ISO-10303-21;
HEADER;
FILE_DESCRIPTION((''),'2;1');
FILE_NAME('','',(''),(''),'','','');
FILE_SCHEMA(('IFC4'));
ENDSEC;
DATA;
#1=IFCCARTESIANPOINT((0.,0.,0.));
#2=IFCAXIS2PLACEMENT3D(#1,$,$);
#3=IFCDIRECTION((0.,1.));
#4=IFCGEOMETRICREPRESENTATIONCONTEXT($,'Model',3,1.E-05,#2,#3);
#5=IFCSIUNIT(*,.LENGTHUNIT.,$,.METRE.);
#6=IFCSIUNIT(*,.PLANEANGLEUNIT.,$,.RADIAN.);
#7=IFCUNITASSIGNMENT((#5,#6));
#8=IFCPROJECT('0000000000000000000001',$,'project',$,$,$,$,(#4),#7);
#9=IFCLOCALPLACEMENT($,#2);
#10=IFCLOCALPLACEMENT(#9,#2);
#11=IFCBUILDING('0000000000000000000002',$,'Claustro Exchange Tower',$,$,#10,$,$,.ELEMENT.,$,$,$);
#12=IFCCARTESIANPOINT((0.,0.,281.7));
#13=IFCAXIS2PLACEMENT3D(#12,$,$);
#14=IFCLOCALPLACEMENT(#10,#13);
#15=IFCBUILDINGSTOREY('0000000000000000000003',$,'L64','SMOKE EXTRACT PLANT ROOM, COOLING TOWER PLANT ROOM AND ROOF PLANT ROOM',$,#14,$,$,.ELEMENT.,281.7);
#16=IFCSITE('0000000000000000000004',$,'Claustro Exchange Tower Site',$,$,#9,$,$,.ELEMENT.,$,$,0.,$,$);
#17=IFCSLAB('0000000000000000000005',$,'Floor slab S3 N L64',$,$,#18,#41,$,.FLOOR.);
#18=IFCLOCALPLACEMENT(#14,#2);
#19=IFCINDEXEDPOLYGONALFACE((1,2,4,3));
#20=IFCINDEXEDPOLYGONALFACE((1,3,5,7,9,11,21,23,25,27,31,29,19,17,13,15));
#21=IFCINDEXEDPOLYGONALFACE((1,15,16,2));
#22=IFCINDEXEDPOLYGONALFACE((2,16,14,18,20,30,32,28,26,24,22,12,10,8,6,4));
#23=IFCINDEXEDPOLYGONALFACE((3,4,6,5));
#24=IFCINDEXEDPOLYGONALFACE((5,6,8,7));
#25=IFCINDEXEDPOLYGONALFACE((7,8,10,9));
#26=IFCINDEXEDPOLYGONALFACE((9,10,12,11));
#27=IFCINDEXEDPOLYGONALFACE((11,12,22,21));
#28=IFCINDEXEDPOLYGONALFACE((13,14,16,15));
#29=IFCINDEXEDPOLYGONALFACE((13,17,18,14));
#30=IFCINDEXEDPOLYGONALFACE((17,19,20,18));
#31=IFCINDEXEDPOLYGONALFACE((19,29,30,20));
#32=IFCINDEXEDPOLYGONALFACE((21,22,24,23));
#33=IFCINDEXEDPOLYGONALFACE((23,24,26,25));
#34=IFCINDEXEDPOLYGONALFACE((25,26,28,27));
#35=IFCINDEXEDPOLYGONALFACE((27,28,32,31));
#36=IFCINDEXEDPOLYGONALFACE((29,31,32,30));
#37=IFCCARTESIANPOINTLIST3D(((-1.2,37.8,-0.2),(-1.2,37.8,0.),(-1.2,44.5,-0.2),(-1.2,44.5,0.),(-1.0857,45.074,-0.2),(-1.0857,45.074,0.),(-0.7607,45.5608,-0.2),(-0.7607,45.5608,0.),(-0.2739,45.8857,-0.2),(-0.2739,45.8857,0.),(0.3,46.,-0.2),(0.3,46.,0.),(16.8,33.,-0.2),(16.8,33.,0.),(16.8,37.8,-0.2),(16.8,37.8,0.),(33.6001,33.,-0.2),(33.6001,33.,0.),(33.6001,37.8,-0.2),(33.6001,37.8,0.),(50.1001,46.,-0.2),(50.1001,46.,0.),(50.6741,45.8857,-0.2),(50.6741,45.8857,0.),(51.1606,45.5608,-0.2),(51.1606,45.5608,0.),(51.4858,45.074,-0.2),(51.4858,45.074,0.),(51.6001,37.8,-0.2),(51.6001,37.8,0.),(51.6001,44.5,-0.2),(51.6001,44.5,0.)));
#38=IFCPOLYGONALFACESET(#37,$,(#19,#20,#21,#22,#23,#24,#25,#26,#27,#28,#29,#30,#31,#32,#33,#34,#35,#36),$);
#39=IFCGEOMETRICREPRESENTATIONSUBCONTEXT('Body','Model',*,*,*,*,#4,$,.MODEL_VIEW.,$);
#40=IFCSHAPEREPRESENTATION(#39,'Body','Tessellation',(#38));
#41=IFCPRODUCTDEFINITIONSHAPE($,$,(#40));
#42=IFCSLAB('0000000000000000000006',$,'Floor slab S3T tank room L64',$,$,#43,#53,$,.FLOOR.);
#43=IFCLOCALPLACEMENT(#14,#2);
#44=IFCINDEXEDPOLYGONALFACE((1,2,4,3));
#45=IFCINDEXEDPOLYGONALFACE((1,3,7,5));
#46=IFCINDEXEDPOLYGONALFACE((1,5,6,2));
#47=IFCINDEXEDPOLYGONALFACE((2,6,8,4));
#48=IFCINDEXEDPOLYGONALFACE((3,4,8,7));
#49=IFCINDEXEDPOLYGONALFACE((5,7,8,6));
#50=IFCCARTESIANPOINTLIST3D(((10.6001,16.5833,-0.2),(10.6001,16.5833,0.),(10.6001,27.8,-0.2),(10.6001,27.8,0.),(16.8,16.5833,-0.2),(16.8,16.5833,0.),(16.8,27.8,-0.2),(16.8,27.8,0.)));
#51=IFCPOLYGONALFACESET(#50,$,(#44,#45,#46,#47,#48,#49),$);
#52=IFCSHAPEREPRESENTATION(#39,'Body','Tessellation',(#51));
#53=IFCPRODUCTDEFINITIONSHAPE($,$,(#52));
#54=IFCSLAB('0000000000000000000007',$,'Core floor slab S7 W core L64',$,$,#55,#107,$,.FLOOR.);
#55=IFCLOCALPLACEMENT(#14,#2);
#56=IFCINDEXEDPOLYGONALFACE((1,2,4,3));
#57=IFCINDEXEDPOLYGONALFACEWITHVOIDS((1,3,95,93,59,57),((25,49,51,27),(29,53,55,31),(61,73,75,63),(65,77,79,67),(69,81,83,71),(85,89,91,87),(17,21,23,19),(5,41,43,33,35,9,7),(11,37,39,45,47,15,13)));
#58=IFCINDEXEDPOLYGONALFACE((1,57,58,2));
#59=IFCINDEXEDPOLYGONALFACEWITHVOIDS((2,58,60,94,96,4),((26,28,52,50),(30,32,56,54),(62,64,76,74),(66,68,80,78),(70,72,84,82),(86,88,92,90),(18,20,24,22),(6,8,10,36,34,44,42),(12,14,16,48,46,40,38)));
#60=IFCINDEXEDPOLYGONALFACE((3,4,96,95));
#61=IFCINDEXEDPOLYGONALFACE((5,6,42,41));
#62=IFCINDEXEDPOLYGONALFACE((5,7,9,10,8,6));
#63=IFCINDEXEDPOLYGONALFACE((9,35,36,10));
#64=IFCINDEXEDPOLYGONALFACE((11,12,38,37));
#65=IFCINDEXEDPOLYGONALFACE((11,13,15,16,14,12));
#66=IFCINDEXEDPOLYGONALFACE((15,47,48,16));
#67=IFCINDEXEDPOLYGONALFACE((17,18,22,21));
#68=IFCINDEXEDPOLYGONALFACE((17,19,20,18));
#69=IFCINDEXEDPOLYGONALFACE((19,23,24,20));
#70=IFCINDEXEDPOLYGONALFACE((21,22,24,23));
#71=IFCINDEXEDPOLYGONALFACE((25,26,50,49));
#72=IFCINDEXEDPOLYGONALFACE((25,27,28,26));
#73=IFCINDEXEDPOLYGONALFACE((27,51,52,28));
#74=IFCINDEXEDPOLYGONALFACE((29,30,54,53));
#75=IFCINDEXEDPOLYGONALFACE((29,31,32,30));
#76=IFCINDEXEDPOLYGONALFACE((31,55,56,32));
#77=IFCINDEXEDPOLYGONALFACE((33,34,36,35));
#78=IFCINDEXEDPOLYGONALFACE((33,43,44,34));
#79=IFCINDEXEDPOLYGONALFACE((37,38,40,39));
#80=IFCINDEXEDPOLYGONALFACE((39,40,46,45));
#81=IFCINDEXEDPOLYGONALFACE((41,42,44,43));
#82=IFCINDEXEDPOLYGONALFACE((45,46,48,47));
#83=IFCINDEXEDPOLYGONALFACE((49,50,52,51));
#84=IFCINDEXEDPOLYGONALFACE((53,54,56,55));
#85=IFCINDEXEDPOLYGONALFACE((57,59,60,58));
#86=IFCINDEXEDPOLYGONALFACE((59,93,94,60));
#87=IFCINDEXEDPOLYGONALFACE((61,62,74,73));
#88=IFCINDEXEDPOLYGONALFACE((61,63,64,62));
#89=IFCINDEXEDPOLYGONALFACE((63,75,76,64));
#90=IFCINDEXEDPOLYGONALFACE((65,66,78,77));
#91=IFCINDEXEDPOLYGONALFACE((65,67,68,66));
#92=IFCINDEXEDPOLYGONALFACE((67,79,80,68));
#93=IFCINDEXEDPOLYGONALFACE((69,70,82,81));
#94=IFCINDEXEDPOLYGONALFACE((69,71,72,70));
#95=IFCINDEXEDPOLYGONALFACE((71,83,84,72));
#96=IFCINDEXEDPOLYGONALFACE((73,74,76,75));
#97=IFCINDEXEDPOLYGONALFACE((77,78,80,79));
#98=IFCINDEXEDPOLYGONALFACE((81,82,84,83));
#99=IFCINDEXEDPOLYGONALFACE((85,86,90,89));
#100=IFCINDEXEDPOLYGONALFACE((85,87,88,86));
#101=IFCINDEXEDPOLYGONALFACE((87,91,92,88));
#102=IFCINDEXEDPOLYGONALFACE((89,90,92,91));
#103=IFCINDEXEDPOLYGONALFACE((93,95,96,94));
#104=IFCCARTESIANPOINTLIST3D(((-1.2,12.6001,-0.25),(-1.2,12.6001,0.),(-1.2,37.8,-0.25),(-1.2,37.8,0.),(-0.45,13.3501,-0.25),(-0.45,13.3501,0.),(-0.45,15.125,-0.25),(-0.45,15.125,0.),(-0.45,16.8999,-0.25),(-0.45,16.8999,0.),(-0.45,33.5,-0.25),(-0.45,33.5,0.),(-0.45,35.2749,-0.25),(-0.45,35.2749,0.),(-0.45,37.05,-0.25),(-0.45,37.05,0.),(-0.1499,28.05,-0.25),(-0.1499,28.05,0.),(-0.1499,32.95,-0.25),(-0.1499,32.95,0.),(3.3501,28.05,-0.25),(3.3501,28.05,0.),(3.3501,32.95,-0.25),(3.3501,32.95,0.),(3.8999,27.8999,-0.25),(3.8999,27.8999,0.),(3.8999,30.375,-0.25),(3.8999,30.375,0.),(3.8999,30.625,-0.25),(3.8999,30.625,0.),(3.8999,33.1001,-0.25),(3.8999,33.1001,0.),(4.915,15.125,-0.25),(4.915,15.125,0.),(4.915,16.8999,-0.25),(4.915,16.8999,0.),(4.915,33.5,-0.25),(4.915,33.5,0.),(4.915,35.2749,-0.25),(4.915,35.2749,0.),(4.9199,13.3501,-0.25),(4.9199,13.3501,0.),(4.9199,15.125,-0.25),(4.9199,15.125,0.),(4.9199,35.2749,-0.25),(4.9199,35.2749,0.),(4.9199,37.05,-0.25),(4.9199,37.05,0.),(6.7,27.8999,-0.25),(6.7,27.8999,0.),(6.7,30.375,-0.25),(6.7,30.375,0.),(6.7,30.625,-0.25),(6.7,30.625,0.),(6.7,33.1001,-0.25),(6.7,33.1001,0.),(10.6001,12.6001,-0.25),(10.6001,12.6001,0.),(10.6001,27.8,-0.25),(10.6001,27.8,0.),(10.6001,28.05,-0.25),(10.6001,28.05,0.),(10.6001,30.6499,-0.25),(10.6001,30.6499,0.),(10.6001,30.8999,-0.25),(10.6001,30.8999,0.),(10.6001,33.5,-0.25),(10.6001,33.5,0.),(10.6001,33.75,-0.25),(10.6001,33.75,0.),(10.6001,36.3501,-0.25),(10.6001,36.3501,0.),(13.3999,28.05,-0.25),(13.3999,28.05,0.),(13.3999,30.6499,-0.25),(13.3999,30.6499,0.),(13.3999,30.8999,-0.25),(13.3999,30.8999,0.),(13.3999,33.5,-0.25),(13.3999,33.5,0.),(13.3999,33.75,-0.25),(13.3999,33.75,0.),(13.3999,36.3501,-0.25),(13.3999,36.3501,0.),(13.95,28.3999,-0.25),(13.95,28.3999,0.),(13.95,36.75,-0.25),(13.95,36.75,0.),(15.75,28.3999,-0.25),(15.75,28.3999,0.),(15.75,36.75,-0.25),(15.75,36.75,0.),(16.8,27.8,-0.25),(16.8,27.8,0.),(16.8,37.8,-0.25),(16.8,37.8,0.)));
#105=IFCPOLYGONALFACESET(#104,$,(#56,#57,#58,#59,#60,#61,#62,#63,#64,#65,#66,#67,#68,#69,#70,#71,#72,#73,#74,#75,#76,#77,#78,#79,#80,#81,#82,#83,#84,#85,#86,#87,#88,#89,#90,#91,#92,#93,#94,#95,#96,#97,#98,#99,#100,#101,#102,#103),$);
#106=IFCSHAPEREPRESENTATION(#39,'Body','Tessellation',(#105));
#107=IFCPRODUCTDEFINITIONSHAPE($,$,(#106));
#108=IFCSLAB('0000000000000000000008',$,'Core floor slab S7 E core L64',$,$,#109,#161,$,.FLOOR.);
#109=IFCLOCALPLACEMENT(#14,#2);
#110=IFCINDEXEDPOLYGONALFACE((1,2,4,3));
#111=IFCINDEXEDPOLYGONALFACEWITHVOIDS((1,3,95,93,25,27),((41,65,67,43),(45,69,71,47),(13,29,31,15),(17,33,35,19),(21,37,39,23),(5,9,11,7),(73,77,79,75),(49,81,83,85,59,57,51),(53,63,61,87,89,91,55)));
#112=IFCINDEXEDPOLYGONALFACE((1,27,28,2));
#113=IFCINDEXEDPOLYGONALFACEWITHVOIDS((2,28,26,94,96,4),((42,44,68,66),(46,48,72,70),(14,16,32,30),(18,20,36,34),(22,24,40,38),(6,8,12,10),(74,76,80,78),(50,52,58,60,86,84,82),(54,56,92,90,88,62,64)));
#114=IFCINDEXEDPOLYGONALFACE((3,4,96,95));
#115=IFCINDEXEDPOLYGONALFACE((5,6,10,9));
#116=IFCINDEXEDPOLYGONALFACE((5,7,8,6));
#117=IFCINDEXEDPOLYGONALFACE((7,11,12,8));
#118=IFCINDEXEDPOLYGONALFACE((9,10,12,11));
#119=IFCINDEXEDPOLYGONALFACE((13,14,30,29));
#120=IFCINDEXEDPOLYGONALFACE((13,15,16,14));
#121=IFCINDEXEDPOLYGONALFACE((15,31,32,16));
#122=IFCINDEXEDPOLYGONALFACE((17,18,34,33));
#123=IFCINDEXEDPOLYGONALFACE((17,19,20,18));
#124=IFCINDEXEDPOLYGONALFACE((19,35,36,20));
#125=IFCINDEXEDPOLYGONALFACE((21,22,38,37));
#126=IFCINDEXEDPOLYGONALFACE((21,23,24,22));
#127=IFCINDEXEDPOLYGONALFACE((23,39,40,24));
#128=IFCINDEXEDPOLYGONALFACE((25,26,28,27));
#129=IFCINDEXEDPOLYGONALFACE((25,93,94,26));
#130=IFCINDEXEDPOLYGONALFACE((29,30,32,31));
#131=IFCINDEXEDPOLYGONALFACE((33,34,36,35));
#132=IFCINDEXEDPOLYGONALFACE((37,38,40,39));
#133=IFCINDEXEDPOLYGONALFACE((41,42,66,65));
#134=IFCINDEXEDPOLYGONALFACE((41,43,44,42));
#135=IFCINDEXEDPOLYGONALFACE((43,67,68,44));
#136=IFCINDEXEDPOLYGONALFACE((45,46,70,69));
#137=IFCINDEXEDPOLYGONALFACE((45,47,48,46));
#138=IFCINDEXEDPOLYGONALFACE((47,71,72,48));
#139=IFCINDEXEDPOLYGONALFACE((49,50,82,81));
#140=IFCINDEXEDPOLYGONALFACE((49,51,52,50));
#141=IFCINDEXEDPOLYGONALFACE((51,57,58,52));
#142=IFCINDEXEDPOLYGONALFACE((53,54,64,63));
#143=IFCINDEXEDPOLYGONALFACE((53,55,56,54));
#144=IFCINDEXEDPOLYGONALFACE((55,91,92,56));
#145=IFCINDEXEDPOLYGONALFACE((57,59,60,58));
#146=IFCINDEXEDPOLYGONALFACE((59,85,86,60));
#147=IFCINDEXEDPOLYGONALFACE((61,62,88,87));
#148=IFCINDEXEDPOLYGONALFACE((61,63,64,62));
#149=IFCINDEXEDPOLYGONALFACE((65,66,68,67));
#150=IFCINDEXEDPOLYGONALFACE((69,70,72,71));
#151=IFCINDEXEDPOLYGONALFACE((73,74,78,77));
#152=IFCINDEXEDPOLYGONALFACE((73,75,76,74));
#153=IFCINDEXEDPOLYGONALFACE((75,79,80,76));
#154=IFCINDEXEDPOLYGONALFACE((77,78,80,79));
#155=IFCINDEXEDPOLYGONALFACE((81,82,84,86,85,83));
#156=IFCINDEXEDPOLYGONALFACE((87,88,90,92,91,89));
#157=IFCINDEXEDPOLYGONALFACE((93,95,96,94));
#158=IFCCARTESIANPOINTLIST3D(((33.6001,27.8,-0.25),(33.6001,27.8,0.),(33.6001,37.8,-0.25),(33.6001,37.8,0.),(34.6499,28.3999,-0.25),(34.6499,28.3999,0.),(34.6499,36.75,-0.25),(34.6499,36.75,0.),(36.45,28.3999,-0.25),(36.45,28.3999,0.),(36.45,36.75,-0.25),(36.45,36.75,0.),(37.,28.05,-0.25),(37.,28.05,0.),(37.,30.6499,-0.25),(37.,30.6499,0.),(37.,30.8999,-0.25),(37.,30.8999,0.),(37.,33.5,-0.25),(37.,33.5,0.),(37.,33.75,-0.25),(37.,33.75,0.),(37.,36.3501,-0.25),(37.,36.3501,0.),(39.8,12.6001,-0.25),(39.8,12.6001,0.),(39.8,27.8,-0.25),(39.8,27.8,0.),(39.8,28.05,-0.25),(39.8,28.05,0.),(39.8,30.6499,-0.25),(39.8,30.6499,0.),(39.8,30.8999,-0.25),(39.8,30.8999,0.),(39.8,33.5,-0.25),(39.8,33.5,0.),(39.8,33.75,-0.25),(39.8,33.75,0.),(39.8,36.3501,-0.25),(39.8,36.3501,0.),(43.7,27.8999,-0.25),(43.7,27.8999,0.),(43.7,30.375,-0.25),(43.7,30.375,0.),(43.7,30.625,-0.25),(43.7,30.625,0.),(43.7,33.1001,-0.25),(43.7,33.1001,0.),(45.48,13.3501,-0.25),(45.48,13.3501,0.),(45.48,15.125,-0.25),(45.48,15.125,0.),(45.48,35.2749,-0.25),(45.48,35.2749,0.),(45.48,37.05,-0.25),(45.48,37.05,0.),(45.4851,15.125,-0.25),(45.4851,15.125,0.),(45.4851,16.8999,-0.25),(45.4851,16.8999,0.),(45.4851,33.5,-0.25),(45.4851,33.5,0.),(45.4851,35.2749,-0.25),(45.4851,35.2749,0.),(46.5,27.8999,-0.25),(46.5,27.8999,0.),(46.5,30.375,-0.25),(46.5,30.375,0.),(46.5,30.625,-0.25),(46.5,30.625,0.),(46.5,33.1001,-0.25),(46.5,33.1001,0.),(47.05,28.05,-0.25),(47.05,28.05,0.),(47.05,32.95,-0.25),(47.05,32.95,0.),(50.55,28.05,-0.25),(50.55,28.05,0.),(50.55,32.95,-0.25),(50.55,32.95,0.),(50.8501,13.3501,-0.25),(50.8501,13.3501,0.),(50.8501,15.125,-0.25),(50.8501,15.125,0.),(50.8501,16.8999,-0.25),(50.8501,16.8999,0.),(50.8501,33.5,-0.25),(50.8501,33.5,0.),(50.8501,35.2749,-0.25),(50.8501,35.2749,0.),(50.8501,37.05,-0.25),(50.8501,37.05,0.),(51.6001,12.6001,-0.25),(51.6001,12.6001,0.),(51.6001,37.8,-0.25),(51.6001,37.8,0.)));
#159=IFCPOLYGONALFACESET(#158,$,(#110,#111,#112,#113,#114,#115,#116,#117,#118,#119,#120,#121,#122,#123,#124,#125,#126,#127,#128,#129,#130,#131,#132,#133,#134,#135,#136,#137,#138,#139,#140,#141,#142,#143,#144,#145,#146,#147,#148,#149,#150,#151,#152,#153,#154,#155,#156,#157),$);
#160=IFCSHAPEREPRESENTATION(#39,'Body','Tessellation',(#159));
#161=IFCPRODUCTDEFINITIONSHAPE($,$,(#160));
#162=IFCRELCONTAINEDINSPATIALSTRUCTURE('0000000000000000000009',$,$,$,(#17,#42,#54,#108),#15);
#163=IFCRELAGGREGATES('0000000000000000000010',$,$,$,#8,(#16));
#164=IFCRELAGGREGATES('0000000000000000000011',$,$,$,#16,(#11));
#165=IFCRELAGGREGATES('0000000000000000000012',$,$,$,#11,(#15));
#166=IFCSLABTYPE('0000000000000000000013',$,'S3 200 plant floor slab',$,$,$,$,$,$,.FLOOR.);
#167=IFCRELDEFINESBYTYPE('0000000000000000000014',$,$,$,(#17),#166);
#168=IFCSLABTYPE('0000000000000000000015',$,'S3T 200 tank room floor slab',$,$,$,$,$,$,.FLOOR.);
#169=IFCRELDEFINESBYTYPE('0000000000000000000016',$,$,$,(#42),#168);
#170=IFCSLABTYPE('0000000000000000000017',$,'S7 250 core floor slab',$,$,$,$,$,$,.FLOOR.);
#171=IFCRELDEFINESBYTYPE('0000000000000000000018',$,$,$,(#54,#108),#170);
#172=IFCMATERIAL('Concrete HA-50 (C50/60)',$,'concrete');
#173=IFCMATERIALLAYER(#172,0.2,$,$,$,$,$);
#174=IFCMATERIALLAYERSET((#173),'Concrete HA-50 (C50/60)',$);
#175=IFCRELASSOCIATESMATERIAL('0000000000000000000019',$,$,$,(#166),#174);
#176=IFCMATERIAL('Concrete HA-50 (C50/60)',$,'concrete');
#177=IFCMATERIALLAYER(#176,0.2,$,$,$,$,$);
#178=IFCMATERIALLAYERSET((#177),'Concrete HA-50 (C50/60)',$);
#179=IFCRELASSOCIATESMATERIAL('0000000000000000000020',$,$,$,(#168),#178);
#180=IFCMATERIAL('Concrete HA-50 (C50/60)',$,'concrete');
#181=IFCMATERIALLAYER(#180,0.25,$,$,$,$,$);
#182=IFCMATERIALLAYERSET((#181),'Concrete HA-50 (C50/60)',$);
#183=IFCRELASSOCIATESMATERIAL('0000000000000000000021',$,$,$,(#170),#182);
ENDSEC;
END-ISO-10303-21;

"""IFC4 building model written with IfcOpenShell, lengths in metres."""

from ifc_helpers import new_model, si_unit, direction, frame, origin, place, context, subcontext, project, spatial, polyline, outline, extrude, material, layer, layer_set, type_object, element, save


model = new_model("IFC4")

# Units and contexts
model_context = context("Model", 3, precision=1e-05, world=origin(), true_north=direction((0.0, 1.0)))
body_context = subcontext(model_context, "Body", "Model", "MODEL_VIEW")
ifc_project = project(units=[si_unit("LENGTHUNIT", "METRE"), si_unit("PLANEANGLEUNIT", "RADIAN")], contexts=[model_context])

# Site, building, storey
site_placement = place(None, origin())
site = spatial("IfcSite", under=ifc_project, at=site_placement, Name="Claustro Exchange Tower Site", CompositionType="ELEMENT", RefElevation=0.0)
building_placement = place(site_placement, origin())
building = spatial("IfcBuilding", under=site, at=building_placement, Name="Claustro Exchange Tower", CompositionType="ELEMENT")
storey_placement = place(building_placement, frame((0.0, 0.0, 281.7)))
storey = spatial("IfcBuildingStorey", under=building, at=storey_placement, Name="L64", Description="SMOKE EXTRACT PLANT ROOM, COOLING TOWER PLANT ROOM AND ROOF PLANT ROOM", CompositionType="ELEMENT", Elevation=281.7)

# Slabs
ifc_material_1 = material(Name="Concrete HA-50 (C50/60)", Category="concrete")
ifc_layer_1 = layer(ifc_material_1, 0.2)
ifc_layer_set_1 = layer_set([ifc_layer_1], Name="Concrete HA-50 (C50/60)")
slab_type_1 = type_object("IfcSlabType", Name="S3 200 plant floor slab", PredefinedType="FLOOR", material=ifc_layer_set_1)
slab_1_placement = place(storey_placement, frame((0.0, 0.0, -0.2)))
element("IfcSlab", 1, at=slab_1_placement, inside=storey, type_object=slab_type_1, Name="Floor slab S3 N L64", PredefinedType="FLOOR", context=body_context, shape_type="SweptSolid", body=[
    extrude(outline(polyline([(16.8, 37.8), (16.8, 33.0), (33.6001, 33.0), (33.6001, 37.8), (51.6001, 37.8), (51.6001, 44.5), (51.4858, 45.074), (51.1606, 45.5608), (50.6741, 45.8857), (50.1001, 46.0), (0.3, 46.0), (-0.2739, 45.8857), (-0.7607, 45.5608), (-1.0857, 45.074), (-1.2, 44.5), (-1.2, 37.8), (16.8, 37.8)])), origin(), (0.0, 0.0, 1.0), 0.2),
])
ifc_material_2 = material(Name="Concrete HA-50 (C50/60)", Category="concrete")
ifc_layer_2 = layer(ifc_material_2, 0.2)
ifc_layer_set_2 = layer_set([ifc_layer_2], Name="Concrete HA-50 (C50/60)")
slab_type_2 = type_object("IfcSlabType", Name="S3T 200 tank room floor slab", PredefinedType="FLOOR", material=ifc_layer_set_2)
slab_2_placement = place(storey_placement, frame((0.0, 0.0, -0.2)))
element("IfcSlab", 2, at=slab_2_placement, inside=storey, type_object=slab_type_2, Name="Floor slab S3T tank room L64", PredefinedType="FLOOR", context=body_context, shape_type="SweptSolid", body=[
    extrude(outline(polyline([(16.8, 16.5833), (16.8, 27.8), (10.6001, 27.8), (10.6001, 16.5833), (16.8, 16.5833)])), origin(), (0.0, 0.0, 1.0), 0.2),
])
ifc_material_3 = material(Name="Concrete HA-50 (C50/60)", Category="concrete")
ifc_layer_3 = layer(ifc_material_3, 0.25)
ifc_layer_set_3 = layer_set([ifc_layer_3], Name="Concrete HA-50 (C50/60)")
slab_type_3 = type_object("IfcSlabType", Name="S7 250 core floor slab", PredefinedType="FLOOR", material=ifc_layer_set_3)
slab_3_placement = place(storey_placement, frame((0.0, 0.0, -0.25)))
element("IfcSlab", 3, at=slab_3_placement, inside=storey, type_object=slab_type_3, Name="Core floor slab S7 W core L64", PredefinedType="FLOOR", context=body_context, shape_type="SweptSolid", body=[
    extrude(outline(polyline([(-1.2, 37.8), (-1.2, 12.6001), (10.6001, 12.6001), (10.6001, 27.8), (16.8, 27.8), (16.8, 37.8), (-1.2, 37.8)]), holes=[polyline([(13.95, 36.75), (15.75, 36.75), (15.75, 28.3999), (13.95, 28.3999), (13.95, 36.75)]), polyline([(10.6001, 30.6499), (13.3999, 30.6499), (13.3999, 28.05), (10.6001, 28.05), (10.6001, 30.6499)]), polyline([(10.6001, 33.5), (13.3999, 33.5), (13.3999, 30.8999), (10.6001, 30.8999), (10.6001, 33.5)]), polyline([(13.3999, 36.3501), (13.3999, 33.75), (10.6001, 33.75), (10.6001, 36.3501), (13.3999, 36.3501)]), polyline([(3.8999, 30.375), (6.7, 30.375), (6.7, 27.8999), (3.8999, 27.8999), (3.8999, 30.375)]), polyline([(3.8999, 33.1001), (6.7, 33.1001), (6.7, 30.625), (3.8999, 30.625), (3.8999, 33.1001)]), polyline([(-0.45, 13.3501), (-0.45, 15.125), (-0.45, 16.8999), (4.915, 16.8999), (4.915, 15.125), (4.9199, 15.125), (4.9199, 13.3501), (-0.45, 13.3501)]), polyline([(-0.45, 37.05), (4.9199, 37.05), (4.9199, 35.2749), (4.915, 35.2749), (4.915, 33.5), (-0.45, 33.5), (-0.45, 35.2749), (-0.45, 37.05)]), polyline([(-0.1499, 32.95), (3.3501, 32.95), (3.3501, 28.05), (-0.1499, 28.05), (-0.1499, 32.95)])]), origin(), (0.0, 0.0, 1.0), 0.25),
])
slab_4_placement = place(storey_placement, frame((0.0, 0.0, -0.25)))
element("IfcSlab", 4, at=slab_4_placement, inside=storey, type_object=slab_type_3, Name="Core floor slab S7 E core L64", PredefinedType="FLOOR", context=body_context, shape_type="SweptSolid", body=[
    extrude(outline(polyline([(51.6001, 37.8), (33.6001, 37.8), (33.6001, 27.8), (39.8, 27.8), (39.8, 12.6001), (51.6001, 12.6001), (51.6001, 37.8)]), holes=[polyline([(45.48, 15.125), (45.4851, 15.125), (45.4851, 16.8999), (50.8501, 16.8999), (50.8501, 15.125), (50.8501, 13.3501), (45.48, 13.3501), (45.48, 15.125)]), polyline([(45.48, 35.2749), (45.48, 37.05), (50.8501, 37.05), (50.8501, 35.2749), (50.8501, 33.5), (45.4851, 33.5), (45.4851, 35.2749), (45.48, 35.2749)]), polyline([(47.05, 32.95), (50.55, 32.95), (50.55, 28.05), (47.05, 28.05), (47.05, 32.95)]), polyline([(43.7, 30.375), (46.5, 30.375), (46.5, 27.8999), (43.7, 27.8999), (43.7, 30.375)]), polyline([(43.7, 33.1001), (46.5, 33.1001), (46.5, 30.625), (43.7, 30.625), (43.7, 33.1001)]), polyline([(37.0, 30.6499), (39.8, 30.6499), (39.8, 28.05), (37.0, 28.05), (37.0, 30.6499)]), polyline([(37.0, 33.5), (39.8, 33.5), (39.8, 30.8999), (37.0, 30.8999), (37.0, 33.5)]), polyline([(39.8, 36.3501), (39.8, 33.75), (37.0, 33.75), (37.0, 36.3501), (39.8, 36.3501)]), polyline([(34.6499, 36.75), (36.45, 36.75), (36.45, 28.3999), (34.6499, 28.3999), (34.6499, 36.75)])]), origin(), (0.0, 0.0, 1.0), 0.25),
])

save(model, "model.ifc")
